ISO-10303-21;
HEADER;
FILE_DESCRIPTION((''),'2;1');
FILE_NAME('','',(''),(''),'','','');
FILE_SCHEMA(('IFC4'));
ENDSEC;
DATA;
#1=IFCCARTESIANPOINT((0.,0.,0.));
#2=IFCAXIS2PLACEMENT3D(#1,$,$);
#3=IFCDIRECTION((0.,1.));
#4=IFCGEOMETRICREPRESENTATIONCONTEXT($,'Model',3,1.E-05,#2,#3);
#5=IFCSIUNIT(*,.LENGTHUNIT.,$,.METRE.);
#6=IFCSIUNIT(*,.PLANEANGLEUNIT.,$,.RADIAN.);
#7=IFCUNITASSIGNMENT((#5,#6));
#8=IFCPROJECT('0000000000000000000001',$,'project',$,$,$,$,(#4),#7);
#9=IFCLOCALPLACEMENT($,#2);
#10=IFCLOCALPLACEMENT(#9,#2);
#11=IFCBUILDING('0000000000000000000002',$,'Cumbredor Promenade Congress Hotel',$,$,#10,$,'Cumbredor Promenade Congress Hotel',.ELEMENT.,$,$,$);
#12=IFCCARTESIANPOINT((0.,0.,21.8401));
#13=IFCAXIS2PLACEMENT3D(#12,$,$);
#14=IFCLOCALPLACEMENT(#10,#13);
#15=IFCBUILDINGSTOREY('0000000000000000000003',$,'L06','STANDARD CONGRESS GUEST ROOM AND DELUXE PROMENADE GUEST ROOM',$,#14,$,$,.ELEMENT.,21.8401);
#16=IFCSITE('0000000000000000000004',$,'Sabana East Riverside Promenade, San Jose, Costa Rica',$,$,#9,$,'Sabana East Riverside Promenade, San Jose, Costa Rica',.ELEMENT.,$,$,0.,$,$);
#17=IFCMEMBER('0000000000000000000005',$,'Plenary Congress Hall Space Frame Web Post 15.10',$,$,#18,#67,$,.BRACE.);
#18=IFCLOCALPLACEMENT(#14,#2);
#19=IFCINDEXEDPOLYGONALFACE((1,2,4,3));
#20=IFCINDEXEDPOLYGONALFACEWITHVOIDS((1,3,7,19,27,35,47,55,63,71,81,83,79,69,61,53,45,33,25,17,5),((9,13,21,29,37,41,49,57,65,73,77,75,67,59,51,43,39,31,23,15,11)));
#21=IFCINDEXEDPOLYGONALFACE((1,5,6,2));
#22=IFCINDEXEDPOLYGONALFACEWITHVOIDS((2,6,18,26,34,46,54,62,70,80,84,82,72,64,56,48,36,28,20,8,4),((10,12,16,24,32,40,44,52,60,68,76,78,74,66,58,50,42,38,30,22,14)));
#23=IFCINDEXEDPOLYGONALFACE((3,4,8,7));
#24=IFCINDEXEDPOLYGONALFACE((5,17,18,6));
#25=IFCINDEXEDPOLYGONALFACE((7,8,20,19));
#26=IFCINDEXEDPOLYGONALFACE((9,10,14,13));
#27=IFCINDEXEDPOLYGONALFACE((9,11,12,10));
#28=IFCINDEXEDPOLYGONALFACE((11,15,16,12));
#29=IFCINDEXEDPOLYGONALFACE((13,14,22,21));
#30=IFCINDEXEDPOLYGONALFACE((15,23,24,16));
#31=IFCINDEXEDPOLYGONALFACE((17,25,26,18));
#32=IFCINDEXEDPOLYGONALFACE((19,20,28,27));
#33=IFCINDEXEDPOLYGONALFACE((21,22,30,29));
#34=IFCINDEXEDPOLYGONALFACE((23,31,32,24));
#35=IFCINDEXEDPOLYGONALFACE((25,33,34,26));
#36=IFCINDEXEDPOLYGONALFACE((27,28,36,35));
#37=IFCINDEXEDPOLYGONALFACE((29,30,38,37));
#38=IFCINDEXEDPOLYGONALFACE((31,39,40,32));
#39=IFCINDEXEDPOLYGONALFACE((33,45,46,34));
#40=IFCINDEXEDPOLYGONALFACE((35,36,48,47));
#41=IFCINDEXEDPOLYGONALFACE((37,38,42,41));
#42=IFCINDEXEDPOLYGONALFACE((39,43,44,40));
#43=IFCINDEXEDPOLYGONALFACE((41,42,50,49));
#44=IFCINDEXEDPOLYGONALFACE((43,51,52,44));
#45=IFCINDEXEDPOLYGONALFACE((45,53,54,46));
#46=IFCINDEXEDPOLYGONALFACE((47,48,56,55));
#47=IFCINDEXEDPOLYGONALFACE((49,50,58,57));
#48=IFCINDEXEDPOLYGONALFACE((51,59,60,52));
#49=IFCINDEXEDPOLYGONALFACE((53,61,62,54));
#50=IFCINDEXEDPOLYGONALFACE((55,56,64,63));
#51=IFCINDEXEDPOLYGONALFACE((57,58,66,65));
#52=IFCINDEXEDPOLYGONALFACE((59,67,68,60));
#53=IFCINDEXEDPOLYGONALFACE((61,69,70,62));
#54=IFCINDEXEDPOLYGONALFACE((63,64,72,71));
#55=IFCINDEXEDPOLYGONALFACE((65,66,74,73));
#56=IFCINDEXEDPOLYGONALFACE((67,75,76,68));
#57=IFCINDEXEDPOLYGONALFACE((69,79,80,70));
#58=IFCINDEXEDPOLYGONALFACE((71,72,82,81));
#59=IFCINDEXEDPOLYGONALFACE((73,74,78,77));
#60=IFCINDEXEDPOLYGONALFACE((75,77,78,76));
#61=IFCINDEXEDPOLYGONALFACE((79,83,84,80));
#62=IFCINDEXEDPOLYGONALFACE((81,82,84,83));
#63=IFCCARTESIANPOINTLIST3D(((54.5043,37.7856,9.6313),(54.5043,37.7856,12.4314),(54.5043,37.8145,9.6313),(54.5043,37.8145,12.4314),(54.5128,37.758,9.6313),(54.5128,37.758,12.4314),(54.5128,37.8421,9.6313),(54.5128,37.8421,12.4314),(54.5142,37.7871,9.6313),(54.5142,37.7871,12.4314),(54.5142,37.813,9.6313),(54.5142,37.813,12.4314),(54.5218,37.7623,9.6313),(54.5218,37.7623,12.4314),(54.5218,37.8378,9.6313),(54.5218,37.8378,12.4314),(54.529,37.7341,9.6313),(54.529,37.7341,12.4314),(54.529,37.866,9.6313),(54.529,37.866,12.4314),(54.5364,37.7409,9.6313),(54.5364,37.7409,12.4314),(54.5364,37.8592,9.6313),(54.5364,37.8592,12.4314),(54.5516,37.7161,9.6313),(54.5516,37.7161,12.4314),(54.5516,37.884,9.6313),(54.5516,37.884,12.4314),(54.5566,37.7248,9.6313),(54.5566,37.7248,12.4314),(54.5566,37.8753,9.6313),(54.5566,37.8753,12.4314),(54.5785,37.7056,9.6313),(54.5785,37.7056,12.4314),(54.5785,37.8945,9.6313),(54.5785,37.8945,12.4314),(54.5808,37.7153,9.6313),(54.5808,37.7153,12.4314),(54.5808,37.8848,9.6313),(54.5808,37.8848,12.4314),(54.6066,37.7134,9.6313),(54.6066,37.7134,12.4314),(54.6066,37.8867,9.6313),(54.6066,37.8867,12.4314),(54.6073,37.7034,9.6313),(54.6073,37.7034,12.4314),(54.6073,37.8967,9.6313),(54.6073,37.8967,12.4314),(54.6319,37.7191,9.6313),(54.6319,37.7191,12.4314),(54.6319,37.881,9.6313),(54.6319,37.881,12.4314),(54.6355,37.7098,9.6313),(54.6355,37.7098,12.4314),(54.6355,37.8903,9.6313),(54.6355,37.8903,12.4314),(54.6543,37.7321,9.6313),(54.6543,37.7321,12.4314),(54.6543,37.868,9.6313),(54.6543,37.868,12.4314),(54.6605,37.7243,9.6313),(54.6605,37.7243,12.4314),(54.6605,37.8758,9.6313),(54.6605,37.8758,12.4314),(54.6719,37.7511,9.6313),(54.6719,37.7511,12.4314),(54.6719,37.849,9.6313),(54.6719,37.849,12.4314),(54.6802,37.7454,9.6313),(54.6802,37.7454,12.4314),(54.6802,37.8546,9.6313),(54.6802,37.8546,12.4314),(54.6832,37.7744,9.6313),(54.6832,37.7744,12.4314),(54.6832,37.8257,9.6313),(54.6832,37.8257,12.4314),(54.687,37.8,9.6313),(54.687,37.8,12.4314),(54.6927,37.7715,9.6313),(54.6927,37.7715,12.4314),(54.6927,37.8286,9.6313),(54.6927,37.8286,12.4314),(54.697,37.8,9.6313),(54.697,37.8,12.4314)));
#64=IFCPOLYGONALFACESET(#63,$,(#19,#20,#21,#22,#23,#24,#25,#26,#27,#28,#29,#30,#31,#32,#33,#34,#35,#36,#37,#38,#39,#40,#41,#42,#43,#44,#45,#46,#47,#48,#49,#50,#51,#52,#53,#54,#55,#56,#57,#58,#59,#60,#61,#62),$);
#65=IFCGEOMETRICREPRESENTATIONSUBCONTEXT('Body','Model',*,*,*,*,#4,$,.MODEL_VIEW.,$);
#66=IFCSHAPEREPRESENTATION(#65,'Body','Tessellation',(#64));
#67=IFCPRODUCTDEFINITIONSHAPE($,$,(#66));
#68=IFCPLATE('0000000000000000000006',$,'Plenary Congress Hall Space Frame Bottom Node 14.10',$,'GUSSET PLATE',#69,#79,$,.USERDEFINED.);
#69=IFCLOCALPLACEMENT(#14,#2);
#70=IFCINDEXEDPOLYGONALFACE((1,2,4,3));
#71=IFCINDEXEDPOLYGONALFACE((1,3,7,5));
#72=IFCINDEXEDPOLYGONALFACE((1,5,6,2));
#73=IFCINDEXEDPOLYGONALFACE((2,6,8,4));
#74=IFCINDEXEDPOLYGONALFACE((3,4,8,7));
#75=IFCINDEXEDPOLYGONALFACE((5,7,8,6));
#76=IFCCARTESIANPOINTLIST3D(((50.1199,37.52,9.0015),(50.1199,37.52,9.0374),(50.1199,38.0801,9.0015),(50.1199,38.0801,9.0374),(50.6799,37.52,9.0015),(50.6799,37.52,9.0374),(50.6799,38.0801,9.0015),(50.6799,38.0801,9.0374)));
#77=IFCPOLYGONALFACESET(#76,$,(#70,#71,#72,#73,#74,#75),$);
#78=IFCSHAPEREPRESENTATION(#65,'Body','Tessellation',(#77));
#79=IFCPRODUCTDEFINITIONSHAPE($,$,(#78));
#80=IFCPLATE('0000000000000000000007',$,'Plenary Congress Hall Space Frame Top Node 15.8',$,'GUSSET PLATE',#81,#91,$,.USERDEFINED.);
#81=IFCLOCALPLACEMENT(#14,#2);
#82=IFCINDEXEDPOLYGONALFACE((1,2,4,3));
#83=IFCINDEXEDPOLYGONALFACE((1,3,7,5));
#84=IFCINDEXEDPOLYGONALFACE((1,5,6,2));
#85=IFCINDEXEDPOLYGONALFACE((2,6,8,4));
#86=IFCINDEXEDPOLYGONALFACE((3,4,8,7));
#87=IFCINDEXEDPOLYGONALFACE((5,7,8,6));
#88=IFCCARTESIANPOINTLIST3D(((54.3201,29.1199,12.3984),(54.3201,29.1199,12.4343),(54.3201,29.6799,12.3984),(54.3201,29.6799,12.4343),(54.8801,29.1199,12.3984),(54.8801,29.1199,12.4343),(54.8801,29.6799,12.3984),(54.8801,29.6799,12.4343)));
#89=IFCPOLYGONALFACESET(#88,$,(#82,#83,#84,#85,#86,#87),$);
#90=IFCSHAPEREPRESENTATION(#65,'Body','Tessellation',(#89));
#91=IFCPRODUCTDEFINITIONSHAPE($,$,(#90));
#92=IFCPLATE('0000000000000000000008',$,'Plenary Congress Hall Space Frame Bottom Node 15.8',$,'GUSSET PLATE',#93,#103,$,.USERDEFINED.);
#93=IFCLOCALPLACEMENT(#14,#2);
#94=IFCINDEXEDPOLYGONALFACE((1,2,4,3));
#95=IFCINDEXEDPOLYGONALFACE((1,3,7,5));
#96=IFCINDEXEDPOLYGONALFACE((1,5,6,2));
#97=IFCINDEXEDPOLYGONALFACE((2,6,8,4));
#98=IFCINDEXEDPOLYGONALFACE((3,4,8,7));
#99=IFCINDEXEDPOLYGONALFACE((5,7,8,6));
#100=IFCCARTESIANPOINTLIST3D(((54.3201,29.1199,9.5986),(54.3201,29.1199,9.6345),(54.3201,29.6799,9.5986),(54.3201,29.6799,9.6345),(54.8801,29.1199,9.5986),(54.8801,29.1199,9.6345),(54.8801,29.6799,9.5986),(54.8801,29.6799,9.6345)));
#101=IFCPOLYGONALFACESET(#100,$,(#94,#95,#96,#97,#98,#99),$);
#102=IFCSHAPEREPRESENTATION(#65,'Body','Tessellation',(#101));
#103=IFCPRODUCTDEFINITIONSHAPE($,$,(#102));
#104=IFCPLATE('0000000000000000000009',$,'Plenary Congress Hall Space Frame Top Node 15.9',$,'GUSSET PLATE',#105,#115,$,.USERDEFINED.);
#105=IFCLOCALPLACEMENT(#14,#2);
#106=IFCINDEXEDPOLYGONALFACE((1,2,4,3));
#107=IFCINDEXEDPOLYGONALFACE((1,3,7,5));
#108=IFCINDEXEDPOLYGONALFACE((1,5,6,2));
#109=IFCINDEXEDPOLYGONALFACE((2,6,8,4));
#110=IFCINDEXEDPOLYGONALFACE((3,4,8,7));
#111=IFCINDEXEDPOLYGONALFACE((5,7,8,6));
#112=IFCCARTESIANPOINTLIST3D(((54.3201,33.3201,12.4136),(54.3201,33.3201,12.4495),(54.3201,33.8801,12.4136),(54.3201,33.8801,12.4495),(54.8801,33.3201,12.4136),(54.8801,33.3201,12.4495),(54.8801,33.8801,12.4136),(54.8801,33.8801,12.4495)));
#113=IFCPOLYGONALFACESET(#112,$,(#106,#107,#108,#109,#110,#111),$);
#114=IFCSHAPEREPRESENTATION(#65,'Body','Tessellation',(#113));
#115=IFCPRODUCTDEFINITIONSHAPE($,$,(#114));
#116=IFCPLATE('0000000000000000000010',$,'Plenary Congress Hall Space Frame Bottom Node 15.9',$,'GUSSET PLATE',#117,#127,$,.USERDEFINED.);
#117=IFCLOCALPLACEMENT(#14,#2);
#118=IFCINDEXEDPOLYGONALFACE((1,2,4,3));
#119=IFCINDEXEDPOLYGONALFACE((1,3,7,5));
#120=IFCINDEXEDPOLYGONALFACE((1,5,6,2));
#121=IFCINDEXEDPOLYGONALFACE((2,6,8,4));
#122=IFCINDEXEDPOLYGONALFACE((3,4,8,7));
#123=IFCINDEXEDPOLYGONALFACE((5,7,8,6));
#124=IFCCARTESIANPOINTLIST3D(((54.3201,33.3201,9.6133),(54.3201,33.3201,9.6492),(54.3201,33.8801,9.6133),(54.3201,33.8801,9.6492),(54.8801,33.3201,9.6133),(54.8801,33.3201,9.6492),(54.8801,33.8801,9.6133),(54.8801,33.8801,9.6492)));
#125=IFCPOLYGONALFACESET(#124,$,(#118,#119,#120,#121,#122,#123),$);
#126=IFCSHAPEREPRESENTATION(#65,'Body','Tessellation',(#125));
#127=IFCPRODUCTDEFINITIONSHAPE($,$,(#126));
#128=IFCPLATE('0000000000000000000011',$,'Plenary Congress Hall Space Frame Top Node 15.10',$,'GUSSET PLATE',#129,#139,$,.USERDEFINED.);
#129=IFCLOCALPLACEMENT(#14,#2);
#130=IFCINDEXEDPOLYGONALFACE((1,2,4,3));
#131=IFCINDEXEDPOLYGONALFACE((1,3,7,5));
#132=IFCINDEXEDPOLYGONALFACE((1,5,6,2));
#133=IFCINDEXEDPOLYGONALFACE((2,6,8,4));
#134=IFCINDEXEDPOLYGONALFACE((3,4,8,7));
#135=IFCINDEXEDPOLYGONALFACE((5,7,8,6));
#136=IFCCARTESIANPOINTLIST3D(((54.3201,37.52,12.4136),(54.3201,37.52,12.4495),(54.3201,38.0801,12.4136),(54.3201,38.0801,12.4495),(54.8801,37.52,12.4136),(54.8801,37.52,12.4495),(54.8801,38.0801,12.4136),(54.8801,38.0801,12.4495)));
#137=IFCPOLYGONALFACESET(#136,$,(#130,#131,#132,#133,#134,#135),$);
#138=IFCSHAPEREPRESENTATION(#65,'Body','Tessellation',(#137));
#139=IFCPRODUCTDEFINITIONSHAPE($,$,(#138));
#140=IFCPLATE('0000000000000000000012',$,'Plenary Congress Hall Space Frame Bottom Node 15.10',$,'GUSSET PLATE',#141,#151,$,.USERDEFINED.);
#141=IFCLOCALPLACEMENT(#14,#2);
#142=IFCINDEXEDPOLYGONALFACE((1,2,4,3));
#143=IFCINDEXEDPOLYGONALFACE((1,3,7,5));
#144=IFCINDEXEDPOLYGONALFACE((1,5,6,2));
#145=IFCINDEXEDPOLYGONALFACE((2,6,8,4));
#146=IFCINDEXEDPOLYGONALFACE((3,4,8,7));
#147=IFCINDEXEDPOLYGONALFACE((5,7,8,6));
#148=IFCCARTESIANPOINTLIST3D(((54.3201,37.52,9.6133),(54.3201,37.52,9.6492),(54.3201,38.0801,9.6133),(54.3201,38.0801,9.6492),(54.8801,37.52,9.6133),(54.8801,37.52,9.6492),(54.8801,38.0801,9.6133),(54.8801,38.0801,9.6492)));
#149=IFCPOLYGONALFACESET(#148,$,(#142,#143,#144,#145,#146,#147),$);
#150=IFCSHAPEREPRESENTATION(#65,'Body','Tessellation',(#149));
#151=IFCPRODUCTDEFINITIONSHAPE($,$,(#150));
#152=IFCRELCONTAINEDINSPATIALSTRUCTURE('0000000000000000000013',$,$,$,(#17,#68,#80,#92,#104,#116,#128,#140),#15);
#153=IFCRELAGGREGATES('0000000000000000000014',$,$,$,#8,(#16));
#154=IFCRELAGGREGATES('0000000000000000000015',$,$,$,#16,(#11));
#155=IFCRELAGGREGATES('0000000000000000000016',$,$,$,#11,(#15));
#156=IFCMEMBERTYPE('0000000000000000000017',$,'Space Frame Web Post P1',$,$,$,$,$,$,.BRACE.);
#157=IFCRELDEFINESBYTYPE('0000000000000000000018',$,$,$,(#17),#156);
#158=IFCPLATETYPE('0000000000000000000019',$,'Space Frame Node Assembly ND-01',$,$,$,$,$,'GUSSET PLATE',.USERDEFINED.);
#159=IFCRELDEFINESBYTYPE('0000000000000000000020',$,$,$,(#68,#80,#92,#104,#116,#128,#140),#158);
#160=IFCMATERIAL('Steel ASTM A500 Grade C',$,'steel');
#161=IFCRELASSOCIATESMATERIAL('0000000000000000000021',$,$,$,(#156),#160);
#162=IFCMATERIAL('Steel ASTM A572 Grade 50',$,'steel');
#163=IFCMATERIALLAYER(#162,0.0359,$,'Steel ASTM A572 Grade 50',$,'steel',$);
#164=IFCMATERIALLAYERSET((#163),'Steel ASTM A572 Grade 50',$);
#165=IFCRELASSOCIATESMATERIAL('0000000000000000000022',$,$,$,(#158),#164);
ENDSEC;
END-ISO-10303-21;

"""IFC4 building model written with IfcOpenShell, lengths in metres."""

from ifc_helpers import new_model, si_unit, direction, frame, origin, origin_2d, place, context, subcontext, project, spatial, rectangle, hollow_circle, extrude, material, layer, layer_set, material_profile, profile_set, type_object, element, save


model = new_model("IFC4")

# Units and contexts
model_context = context("Model", 3, precision=1e-05, world=origin(), true_north=direction((0.0, 1.0)))
body_context = subcontext(model_context, "Body", "Model", "MODEL_VIEW")
ifc_project = project(units=[si_unit("LENGTHUNIT", "METRE"), si_unit("PLANEANGLEUNIT", "RADIAN")], contexts=[model_context])

# Site, building, storey
site_placement = place(None, origin())
site = spatial("IfcSite", under=ifc_project, at=site_placement, Name="Sabana East Riverside Promenade, San Jose, Costa Rica", LongName="Sabana East Riverside Promenade, San Jose, Costa Rica", CompositionType="ELEMENT", RefElevation=0.0)
building_placement = place(site_placement, origin())
building = spatial("IfcBuilding", under=site, at=building_placement, Name="Cumbredor Promenade Congress Hotel", LongName="Cumbredor Promenade Congress Hotel", CompositionType="ELEMENT")
storey_placement = place(building_placement, frame((0.0, 0.0, 21.8401)))
storey = spatial("IfcBuildingStorey", under=building, at=storey_placement, Name="L06", Description="STANDARD CONGRESS GUEST ROOM AND DELUXE PROMENADE GUEST ROOM", CompositionType="ELEMENT", Elevation=21.8401)

# Member
ifc_material_1 = material(Name="Steel ASTM A500 Grade C", Category="steel")
ifc_material_profile_1 = material_profile(ifc_material_1, hollow_circle(Radius=0.0969, WallThickness=0.01, at=origin_2d()), Name="CHS 193.7x10")
ifc_profile_set_1 = profile_set([ifc_material_profile_1], Name="Steel ASTM A500 Grade C")
member_type_1 = type_object("IfcMemberType", Name="Space Frame Web Post P1", PredefinedType="BRACE", material=ifc_profile_set_1)
for number, where, z_axis, x_axis, name in (
    (1, (54.6001, 37.8, 9.6313), (0.0, 0.0, 1.0), (1.0, 0.0, 0.0), "Plenary Congress Hall Space Frame Web Post 15.10"),
):
    element("IfcMember", number, at=place(storey_placement, frame(where, z_axis=z_axis, x_axis=x_axis)), inside=storey, type_object=member_type_1, Name=name, PredefinedType="BRACE", context=body_context, shape_type="SweptSolid", body=[
        extrude(hollow_circle(Radius=0.0969, WallThickness=0.01, at=origin_2d()), origin(), (0.0, 0.0, 1.0), 2.8),
    ])

# Plates
ifc_material_2 = material(Name="Steel ASTM A572 Grade 50", Category="steel")
ifc_layer = layer(ifc_material_2, 0.0359, Name="Steel ASTM A572 Grade 50", Category="steel")
ifc_layer_set = layer_set([ifc_layer], Name="Steel ASTM A572 Grade 50")
plate_type = type_object("IfcPlateType", Name="Space Frame Node Assembly ND-01", ElementType="GUSSET PLATE", PredefinedType="USERDEFINED", material=ifc_layer_set)
for number, where, z_axis, x_axis, name in (
    (2, (50.3999, 37.8, 9.0015), (0.0, 0.0, 1.0), (1.0, 0.0, 0.0), "Plenary Congress Hall Space Frame Bottom Node 14.10"),
    (3, (54.6001, 29.3999, 12.3984), (0.0, 0.0, 1.0), (1.0, 0.0, 0.0), "Plenary Congress Hall Space Frame Top Node 15.8"),
    (4, (54.6001, 29.3999, 9.5986), (0.0, 0.0, 1.0), (1.0, 0.0, 0.0), "Plenary Congress Hall Space Frame Bottom Node 15.8"),
    (5, (54.6001, 33.6001, 12.4136), (0.0, 0.0, 1.0), (1.0, 0.0, 0.0), "Plenary Congress Hall Space Frame Top Node 15.9"),
    (6, (54.6001, 33.6001, 9.6133), (0.0, 0.0, 1.0), (1.0, 0.0, 0.0), "Plenary Congress Hall Space Frame Bottom Node 15.9"),
    (7, (54.6001, 37.8, 12.4136), (0.0, 0.0, 1.0), (1.0, 0.0, 0.0), "Plenary Congress Hall Space Frame Top Node 15.10"),
    (8, (54.6001, 37.8, 9.6133), (0.0, 0.0, 1.0), (1.0, 0.0, 0.0), "Plenary Congress Hall Space Frame Bottom Node 15.10"),
):
    element("IfcPlate", number, at=place(storey_placement, frame(where, z_axis=z_axis, x_axis=x_axis)), inside=storey, type_object=plate_type, Name=name, ObjectType="GUSSET PLATE", PredefinedType="USERDEFINED", context=body_context, shape_type="SweptSolid", body=[
        extrude(rectangle(XDim=0.5601, YDim=0.5601, at=origin_2d()), origin(), (0.0, 0.0, 1.0), 0.0359),
    ])

save(model, "model.ifc")
